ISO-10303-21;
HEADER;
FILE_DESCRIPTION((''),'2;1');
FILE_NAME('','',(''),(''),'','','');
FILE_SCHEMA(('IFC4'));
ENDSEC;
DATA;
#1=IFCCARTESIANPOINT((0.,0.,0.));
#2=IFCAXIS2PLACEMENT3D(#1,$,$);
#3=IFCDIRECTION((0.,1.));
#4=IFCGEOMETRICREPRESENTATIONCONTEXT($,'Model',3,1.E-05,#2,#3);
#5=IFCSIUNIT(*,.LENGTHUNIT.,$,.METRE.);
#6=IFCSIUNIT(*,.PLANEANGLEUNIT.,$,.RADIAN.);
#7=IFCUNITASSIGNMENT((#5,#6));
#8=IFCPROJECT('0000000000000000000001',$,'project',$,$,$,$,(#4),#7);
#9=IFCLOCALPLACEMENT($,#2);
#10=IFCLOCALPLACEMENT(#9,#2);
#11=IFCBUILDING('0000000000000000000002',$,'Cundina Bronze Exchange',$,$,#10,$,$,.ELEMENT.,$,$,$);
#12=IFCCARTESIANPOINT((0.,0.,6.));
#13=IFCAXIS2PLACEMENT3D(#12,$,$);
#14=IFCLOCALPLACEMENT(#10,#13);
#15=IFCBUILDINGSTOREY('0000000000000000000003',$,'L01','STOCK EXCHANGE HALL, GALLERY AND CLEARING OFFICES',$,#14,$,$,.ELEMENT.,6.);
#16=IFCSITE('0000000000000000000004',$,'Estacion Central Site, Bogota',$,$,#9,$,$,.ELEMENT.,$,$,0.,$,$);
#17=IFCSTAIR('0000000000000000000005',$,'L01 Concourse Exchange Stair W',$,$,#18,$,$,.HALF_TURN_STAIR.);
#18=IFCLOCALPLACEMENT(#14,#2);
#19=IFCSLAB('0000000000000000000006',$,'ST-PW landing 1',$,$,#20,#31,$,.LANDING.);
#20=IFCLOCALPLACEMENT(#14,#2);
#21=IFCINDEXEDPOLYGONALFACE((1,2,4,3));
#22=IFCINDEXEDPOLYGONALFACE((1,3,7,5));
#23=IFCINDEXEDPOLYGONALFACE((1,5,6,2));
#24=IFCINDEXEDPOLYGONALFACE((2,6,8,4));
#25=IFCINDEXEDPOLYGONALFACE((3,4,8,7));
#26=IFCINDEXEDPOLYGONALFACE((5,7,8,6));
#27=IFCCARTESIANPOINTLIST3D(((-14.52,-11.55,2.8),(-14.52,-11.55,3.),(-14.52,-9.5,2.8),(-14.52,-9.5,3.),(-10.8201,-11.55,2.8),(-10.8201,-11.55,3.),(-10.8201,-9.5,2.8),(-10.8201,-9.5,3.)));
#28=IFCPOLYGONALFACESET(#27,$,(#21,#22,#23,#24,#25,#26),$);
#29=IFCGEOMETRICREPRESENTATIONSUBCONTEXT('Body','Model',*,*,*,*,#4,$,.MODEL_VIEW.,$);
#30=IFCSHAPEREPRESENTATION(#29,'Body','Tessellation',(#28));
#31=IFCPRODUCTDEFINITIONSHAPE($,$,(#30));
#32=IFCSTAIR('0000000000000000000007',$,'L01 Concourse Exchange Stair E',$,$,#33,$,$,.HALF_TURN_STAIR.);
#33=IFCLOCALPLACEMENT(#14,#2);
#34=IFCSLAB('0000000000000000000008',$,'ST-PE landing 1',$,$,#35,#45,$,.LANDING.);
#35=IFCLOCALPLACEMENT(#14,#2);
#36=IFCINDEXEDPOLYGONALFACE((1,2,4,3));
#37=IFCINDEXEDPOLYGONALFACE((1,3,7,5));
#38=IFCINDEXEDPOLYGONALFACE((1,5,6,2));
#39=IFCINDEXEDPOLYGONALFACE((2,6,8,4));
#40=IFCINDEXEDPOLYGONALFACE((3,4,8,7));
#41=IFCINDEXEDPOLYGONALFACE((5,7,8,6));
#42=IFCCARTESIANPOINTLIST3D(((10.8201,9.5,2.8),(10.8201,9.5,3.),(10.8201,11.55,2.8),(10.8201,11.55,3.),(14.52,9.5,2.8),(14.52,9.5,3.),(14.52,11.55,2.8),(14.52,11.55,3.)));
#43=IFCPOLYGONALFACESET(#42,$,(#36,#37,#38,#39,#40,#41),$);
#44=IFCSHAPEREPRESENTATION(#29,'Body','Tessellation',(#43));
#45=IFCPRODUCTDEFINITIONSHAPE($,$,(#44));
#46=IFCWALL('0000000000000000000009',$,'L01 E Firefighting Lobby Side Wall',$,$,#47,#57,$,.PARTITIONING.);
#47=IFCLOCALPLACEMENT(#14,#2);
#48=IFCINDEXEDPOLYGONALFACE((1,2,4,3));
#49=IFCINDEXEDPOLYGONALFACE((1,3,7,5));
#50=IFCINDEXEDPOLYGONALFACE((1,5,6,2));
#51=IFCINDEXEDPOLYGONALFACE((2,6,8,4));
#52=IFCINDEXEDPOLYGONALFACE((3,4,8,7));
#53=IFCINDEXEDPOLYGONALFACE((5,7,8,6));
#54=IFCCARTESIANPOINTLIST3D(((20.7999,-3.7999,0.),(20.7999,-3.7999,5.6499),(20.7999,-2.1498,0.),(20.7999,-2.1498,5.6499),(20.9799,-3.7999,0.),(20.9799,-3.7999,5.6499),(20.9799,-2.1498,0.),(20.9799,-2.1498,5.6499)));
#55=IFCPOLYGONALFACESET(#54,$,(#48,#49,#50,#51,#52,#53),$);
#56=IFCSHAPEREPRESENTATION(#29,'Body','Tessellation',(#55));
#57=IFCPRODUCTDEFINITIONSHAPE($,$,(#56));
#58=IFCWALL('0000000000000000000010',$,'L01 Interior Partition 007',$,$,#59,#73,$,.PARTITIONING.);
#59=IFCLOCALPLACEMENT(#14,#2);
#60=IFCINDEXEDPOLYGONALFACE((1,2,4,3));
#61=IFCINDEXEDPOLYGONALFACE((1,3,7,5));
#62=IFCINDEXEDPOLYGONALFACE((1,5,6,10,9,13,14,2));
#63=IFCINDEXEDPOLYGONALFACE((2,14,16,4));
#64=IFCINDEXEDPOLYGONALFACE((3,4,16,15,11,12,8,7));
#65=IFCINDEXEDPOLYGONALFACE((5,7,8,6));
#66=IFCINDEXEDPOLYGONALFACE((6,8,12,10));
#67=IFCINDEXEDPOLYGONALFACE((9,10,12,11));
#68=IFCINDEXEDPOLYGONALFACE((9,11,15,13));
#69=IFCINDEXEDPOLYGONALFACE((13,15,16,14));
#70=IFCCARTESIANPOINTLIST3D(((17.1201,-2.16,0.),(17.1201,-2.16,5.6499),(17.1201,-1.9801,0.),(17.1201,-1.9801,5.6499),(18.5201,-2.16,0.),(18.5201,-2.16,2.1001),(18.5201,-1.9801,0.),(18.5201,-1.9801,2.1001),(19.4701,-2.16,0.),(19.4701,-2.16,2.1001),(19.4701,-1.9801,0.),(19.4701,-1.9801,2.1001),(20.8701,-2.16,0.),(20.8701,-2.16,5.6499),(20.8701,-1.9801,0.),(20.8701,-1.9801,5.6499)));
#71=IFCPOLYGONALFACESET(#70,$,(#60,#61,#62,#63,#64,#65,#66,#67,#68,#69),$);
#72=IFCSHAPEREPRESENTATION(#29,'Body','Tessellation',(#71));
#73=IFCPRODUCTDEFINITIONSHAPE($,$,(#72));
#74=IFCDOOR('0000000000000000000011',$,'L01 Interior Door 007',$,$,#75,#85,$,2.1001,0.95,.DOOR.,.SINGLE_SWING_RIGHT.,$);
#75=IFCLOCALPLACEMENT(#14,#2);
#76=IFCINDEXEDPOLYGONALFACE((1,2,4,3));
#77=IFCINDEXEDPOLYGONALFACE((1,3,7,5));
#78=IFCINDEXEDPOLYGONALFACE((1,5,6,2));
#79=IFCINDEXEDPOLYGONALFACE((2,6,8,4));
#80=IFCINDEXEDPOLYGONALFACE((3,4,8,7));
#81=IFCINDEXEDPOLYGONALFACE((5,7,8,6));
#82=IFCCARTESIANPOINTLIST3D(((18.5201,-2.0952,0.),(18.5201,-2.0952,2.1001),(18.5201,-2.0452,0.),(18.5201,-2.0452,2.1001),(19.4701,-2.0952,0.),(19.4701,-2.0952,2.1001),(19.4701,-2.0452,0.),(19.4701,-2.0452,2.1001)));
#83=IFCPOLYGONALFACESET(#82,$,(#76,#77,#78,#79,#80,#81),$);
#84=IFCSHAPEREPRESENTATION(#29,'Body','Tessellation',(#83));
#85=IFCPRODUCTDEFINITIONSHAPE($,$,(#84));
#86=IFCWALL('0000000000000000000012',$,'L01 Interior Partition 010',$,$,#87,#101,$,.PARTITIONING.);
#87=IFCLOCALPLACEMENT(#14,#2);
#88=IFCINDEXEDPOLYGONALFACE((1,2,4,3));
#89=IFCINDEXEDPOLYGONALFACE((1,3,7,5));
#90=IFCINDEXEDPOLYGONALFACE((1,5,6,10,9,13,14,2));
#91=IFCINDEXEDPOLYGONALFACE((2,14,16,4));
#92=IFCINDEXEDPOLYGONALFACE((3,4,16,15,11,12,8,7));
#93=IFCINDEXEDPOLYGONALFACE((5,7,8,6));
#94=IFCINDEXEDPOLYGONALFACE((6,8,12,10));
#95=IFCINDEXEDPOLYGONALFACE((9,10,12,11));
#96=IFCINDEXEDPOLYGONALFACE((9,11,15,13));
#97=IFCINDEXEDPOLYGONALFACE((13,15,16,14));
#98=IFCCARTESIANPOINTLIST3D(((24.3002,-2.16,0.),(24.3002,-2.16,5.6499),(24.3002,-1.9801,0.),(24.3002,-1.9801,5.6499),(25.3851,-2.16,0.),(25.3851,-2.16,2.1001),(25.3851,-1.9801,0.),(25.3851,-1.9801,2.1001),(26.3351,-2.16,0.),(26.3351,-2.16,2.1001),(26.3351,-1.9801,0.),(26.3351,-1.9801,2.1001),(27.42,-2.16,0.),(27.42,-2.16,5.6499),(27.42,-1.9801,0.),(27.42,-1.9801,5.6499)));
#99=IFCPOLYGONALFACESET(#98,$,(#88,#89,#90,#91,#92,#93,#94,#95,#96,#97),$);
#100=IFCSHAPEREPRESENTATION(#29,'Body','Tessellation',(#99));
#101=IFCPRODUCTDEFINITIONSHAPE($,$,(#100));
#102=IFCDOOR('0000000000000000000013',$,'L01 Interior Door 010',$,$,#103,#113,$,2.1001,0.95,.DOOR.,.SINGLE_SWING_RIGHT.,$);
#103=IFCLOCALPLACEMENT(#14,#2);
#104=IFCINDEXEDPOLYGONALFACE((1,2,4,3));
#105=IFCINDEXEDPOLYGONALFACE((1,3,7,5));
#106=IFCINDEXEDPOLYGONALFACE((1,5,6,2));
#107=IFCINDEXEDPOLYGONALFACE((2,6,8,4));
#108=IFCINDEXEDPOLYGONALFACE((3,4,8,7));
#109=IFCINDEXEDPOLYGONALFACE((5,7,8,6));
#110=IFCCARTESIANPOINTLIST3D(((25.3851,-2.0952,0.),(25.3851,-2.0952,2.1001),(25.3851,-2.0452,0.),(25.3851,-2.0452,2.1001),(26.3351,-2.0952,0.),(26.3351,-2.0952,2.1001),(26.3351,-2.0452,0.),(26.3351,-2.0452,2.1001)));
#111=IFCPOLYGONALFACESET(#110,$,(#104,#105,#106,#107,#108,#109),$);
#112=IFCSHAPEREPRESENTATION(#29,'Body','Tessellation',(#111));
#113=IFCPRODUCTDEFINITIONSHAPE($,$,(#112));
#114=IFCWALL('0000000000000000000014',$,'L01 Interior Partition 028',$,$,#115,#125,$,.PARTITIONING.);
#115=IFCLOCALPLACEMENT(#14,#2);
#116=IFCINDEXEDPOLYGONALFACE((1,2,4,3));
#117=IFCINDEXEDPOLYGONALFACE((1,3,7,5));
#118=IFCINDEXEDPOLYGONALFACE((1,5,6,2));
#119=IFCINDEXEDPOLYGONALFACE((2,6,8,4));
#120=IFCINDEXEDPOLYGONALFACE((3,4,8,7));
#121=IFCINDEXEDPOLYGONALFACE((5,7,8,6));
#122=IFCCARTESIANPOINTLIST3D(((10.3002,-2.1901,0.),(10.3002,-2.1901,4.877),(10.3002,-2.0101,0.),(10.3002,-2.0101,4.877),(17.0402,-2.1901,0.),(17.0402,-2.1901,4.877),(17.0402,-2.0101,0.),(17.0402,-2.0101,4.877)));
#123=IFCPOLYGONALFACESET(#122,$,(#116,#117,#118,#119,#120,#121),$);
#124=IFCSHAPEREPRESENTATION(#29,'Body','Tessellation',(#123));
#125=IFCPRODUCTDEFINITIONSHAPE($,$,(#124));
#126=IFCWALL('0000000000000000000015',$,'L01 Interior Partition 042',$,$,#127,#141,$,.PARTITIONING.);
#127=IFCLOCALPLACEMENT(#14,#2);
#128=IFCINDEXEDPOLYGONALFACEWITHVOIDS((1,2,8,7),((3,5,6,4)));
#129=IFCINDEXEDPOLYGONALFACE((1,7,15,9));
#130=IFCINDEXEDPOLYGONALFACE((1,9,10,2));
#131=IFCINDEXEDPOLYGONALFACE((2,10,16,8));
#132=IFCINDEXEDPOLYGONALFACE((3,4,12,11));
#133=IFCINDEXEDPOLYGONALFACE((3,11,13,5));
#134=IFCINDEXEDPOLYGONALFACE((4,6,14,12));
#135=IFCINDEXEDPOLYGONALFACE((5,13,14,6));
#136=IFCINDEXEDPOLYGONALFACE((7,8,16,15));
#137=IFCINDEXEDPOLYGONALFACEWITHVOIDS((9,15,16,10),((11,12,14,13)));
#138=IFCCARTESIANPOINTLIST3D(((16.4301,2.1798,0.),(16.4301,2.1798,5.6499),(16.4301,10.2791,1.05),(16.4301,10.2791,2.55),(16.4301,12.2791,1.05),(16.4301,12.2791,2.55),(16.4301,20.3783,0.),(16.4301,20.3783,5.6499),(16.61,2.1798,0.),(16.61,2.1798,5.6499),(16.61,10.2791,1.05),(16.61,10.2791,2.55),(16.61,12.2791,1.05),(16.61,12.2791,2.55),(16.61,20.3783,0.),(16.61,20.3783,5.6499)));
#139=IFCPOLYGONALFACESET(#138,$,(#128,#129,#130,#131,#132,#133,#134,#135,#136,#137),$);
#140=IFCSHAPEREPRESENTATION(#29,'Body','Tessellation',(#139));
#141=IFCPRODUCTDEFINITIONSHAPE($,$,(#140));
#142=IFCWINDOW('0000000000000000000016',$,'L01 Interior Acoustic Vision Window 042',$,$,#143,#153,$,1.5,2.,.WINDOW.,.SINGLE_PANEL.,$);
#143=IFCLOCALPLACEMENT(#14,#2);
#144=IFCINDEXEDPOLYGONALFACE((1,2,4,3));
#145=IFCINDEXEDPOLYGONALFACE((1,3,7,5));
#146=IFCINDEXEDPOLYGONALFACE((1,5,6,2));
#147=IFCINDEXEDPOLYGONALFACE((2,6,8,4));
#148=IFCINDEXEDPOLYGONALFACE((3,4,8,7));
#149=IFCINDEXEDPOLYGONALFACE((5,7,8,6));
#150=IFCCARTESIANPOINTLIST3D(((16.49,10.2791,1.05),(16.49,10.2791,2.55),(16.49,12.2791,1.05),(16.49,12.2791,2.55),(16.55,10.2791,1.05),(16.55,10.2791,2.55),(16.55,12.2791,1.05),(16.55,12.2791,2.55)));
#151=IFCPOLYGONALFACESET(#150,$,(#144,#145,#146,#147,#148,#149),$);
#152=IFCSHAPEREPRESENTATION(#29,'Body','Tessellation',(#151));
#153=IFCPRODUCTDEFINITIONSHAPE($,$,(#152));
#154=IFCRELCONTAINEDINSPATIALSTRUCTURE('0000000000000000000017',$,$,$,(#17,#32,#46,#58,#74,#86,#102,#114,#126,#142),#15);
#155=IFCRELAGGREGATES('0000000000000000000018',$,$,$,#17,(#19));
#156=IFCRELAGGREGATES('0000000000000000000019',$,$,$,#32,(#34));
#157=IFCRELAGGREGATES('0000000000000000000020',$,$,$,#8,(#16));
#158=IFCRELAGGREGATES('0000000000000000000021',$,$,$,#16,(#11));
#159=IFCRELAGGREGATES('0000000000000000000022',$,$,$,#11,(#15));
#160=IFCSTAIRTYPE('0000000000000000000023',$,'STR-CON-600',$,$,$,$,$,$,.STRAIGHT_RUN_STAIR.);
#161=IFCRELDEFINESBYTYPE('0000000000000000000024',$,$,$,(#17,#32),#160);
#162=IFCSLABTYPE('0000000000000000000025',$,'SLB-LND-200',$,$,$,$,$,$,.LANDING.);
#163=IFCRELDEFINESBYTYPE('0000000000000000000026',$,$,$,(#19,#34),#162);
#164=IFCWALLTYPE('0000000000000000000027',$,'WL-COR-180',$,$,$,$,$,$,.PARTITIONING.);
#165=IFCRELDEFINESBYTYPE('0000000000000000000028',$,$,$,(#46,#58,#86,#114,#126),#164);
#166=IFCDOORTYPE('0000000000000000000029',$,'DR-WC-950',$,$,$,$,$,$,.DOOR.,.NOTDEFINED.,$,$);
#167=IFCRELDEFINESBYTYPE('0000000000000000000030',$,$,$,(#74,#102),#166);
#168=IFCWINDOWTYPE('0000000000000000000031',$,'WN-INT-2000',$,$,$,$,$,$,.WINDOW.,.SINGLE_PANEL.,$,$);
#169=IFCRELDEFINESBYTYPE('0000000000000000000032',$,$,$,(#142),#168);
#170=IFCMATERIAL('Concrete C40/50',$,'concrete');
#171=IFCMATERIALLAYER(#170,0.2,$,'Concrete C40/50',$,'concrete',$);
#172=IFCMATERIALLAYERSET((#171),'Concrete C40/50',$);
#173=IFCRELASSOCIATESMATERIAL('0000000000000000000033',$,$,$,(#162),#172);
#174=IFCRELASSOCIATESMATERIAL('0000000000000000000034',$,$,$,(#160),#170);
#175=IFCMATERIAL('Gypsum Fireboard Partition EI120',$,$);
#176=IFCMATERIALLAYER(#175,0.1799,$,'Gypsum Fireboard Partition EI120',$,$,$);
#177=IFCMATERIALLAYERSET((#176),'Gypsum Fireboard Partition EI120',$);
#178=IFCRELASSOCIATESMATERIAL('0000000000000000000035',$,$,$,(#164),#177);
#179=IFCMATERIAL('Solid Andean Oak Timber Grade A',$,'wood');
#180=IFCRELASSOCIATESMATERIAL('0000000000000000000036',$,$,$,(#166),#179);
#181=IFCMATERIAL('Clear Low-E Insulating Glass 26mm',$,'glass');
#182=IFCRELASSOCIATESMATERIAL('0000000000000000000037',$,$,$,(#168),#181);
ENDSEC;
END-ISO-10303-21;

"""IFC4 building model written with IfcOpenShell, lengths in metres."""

from ifc_helpers import new_model, si_unit, direction, frame, frame_2d, origin, place, context, subcontext, project, spatial, polyline, rectangle, outline, extrude, material, layer, layer_set, type_object, element, fill, aggregate, save


model = new_model("IFC4")

# Units and contexts
model_context = context("Model", 3, precision=1e-05, world=origin(), true_north=direction((0.0, 1.0)))
body_context = subcontext(model_context, "Body", "Model", "MODEL_VIEW")
ifc_project = project(units=[si_unit("LENGTHUNIT", "METRE"), si_unit("PLANEANGLEUNIT", "RADIAN")], contexts=[model_context])

# Site, building, storey
site_placement = place(None, origin())
site = spatial("IfcSite", under=ifc_project, at=site_placement, Name="Estacion Central Site, Bogota", CompositionType="ELEMENT", RefElevation=0.0)
building_placement = place(site_placement, origin())
building = spatial("IfcBuilding", under=site, at=building_placement, Name="Cundina Bronze Exchange", CompositionType="ELEMENT")
storey_placement = place(building_placement, frame((0.0, 0.0, 6.0)))
storey = spatial("IfcBuildingStorey", under=building, at=storey_placement, Name="L01", Description="STOCK EXCHANGE HALL, GALLERY AND CLEARING OFFICES", CompositionType="ELEMENT", Elevation=6.0)

# Stairs, slabs
ifc_material_1 = material(Name="Concrete C40/50", Category="concrete")
ifc_layer_1 = layer(ifc_material_1, 0.2, Name="Concrete C40/50", Category="concrete")
ifc_layer_set_1 = layer_set([ifc_layer_1], Name="Concrete C40/50")
slab_type = type_object("IfcSlabType", Name="SLB-LND-200", PredefinedType="LANDING", material=ifc_layer_set_1)
stair_type_1 = type_object("IfcStairType", Name="STR-CON-600", PredefinedType="STRAIGHT_RUN_STAIR", material=ifc_material_1)
stair_1_placement = place(storey_placement, origin())
stair_1 = element("IfcStair", 1, at=stair_1_placement, inside=storey, type_object=stair_type_1, Name="L01 Concourse Exchange Stair W", PredefinedType="HALF_TURN_STAIR")
slab_1_placement = place(storey_placement, frame((0.0, 0.0, 2.8)))
slab_1 = element("IfcSlab", 2, at=slab_1_placement, type_object=slab_type, Name="ST-PW landing 1", PredefinedType="LANDING", context=body_context, shape_type="SweptSolid", body=[
    extrude(outline(polyline([(-10.8201, -11.55), (-10.8201, -9.5), (-14.52, -9.5), (-14.52, -11.55), (-10.8201, -11.55)])), origin(), (0.0, 0.0, 1.0), 0.2),
])
aggregate(stair_1, [slab_1])
stair_2_placement = place(storey_placement, origin())
stair_2 = element("IfcStair", 3, at=stair_2_placement, inside=storey, type_object=stair_type_1, Name="L01 Concourse Exchange Stair E", PredefinedType="HALF_TURN_STAIR")
slab_2_placement = place(storey_placement, frame((0.0, 0.0, 2.8)))
slab_2 = element("IfcSlab", 4, at=slab_2_placement, type_object=slab_type, Name="ST-PE landing 1", PredefinedType="LANDING", context=body_context, shape_type="SweptSolid", body=[
    extrude(outline(polyline([(10.8201, 11.55), (10.8201, 9.5), (14.52, 9.5), (14.52, 11.55), (10.8201, 11.55)])), origin(), (0.0, 0.0, 1.0), 0.2),
])
aggregate(stair_2, [slab_2])

# Wall
ifc_material_2 = material(Name="Gypsum Fireboard Partition EI120")
ifc_layer_2 = layer(ifc_material_2, 0.1799, Name="Gypsum Fireboard Partition EI120")
ifc_layer_set_2 = layer_set([ifc_layer_2], Name="Gypsum Fireboard Partition EI120")
wall_type_1 = type_object("IfcWallType", Name="WL-COR-180", PredefinedType="PARTITIONING", material=ifc_layer_set_2)
wall_1_placement = place(storey_placement, frame((20.8899, -3.8, 0.0), z_axis=(0.0, 0.0, 1.0), x_axis=(0.0, 1.0, 0.0)))
element("IfcWall", 5, at=wall_1_placement, inside=storey, type_object=wall_type_1, Name="L01 E Firefighting Lobby Side Wall", PredefinedType="PARTITIONING", context=body_context, shape_type="SweptSolid", body=[
    extrude(rectangle(XDim=1.6501, YDim=0.1799, at=frame_2d((0.8252, 0.0))), origin(), (0.0, 0.0, 1.0), 5.6499),
])

# Walls, openings, doors
wall_2_placement = place(storey_placement, frame((17.1201, -2.0701, 0.0), z_axis=(0.0, 0.0, 1.0), x_axis=(1.0, 0.0, 0.0)))
wall_2 = element("IfcWall", 6, at=wall_2_placement, inside=storey, type_object=wall_type_1, Name="L01 Interior Partition 007", PredefinedType="PARTITIONING", context=body_context, shape_type="SweptSolid", body=[
    extrude(rectangle(XDim=3.75, YDim=0.1799, at=frame_2d((1.875, 0.0))), origin(), (0.0, 0.0, 1.0), 5.6499),
])
opening_1_placement = place(wall_2_placement, frame((1.3999, 0.0, 0.0)))
opening_1 = element("IfcOpeningElement", 7, at=opening_1_placement, cuts=wall_2, PredefinedType="OPENING", context=body_context, shape_type="SweptSolid", body=[
    extrude(rectangle(XDim=0.95, YDim=2.1001, at=frame_2d((0.4751, 1.05))), frame((0.0, 0.0999, 0.0), z_axis=(0.0, -1.0, 0.0), x_axis=(1.0, 0.0, 0.0)), (0.0, 0.0, 1.0), 0.2),
])
ifc_material_3 = material(Name="Solid Andean Oak Timber Grade A", Category="wood")
door_type_1 = type_object("IfcDoorType", Name="DR-WC-950", OperationType="NOTDEFINED", PredefinedType="DOOR", material=ifc_material_3)
door_1_placement = place(opening_1_placement, origin())
door_1 = element("IfcDoor", 8, at=door_1_placement, inside=storey, type_object=door_type_1, Name="L01 Interior Door 007", OperationType="SINGLE_SWING_RIGHT", OverallHeight=2.1001, OverallWidth=0.95, PredefinedType="DOOR", context=body_context, shape_type="SweptSolid", body=[
    extrude(rectangle(XDim=0.95, YDim=2.1001, at=frame_2d((0.4751, 1.05))), frame((0.0, 0.0249, 0.0), z_axis=(0.0, -1.0, 0.0), x_axis=(1.0, 0.0, 0.0)), (0.0, 0.0, 1.0), 0.05),
])
fill(opening_1, door_1)
wall_3_placement = place(storey_placement, frame((24.3, -2.0701, 0.0), z_axis=(0.0, 0.0, 1.0), x_axis=(1.0, 0.0, 0.0)))
wall_3 = element("IfcWall", 9, at=wall_3_placement, inside=storey, type_object=wall_type_1, Name="L01 Interior Partition 010", PredefinedType="PARTITIONING", context=body_context, shape_type="SweptSolid", body=[
    extrude(rectangle(XDim=3.1199, YDim=0.1799, at=frame_2d((1.5601, 0.0))), origin(), (0.0, 0.0, 1.0), 5.6499),
])
opening_2_placement = place(wall_3_placement, frame((1.085, 0.0, 0.0)))
opening_2 = element("IfcOpeningElement", 10, at=opening_2_placement, cuts=wall_3, PredefinedType="OPENING", context=body_context, shape_type="SweptSolid", body=[
    extrude(rectangle(XDim=0.95, YDim=2.1001, at=frame_2d((0.4751, 1.05))), frame((0.0, 0.0999, 0.0), z_axis=(0.0, -1.0, 0.0), x_axis=(1.0, 0.0, 0.0)), (0.0, 0.0, 1.0), 0.2),
])
door_2_placement = place(opening_2_placement, origin())
door_2 = element("IfcDoor", 11, at=door_2_placement, inside=storey, type_object=door_type_1, Name="L01 Interior Door 010", OperationType="SINGLE_SWING_RIGHT", OverallHeight=2.1001, OverallWidth=0.95, PredefinedType="DOOR", context=body_context, shape_type="SweptSolid", body=[
    extrude(rectangle(XDim=0.95, YDim=2.1001, at=frame_2d((0.4751, 1.05))), frame((0.0, 0.0249, 0.0), z_axis=(0.0, -1.0, 0.0), x_axis=(1.0, 0.0, 0.0)), (0.0, 0.0, 1.0), 0.05),
])
fill(opening_2, door_2)

# Wall
wall_4_placement = place(storey_placement, frame((10.3, -2.1001, 0.0), z_axis=(0.0, 0.0, 1.0), x_axis=(1.0, 0.0, 0.0)))
element("IfcWall", 12, at=wall_4_placement, inside=storey, type_object=wall_type_1, Name="L01 Interior Partition 028", PredefinedType="PARTITIONING", context=body_context, shape_type="SweptSolid", body=[
    extrude(rectangle(XDim=6.74, YDim=0.1799, at=frame_2d((3.3701, 0.0))), origin(), (0.0, 0.0, 1.0), 4.877),
])

# Wall, opening, window
wall_5_placement = place(storey_placement, frame((16.52, 2.1799, 0.0), z_axis=(0.0, 0.0, 1.0), x_axis=(0.0, 1.0, 0.0)))
wall_5 = element("IfcWall", 13, at=wall_5_placement, inside=storey, type_object=wall_type_1, Name="L01 Interior Partition 042", PredefinedType="PARTITIONING", context=body_context, shape_type="SweptSolid", body=[
    extrude(rectangle(XDim=18.1985, YDim=0.1799, at=frame_2d((9.0991, 0.0))), origin(), (0.0, 0.0, 1.0), 5.6499),
])
opening_3_placement = place(wall_5_placement, frame((8.0991, 0.0, 1.05)))
opening_3 = element("IfcOpeningElement", 14, at=opening_3_placement, cuts=wall_5, PredefinedType="OPENING", context=body_context, shape_type="SweptSolid", body=[
    extrude(rectangle(XDim=2.0, YDim=1.5, at=frame_2d((1.0, 0.75))), frame((0.0, 0.0999, 0.0), z_axis=(0.0, -1.0, 0.0), x_axis=(1.0, 0.0, 0.0)), (0.0, 0.0, 1.0), 0.2),
])
ifc_material_4 = material(Name="Clear Low-E Insulating Glass 26mm", Category="glass")
window_type_1 = type_object("IfcWindowType", Name="WN-INT-2000", PartitioningType="SINGLE_PANEL", PredefinedType="WINDOW", material=ifc_material_4)
window_1_placement = place(opening_3_placement, origin())
window_1 = element("IfcWindow", 15, at=window_1_placement, inside=storey, type_object=window_type_1, Name="L01 Interior Acoustic Vision Window 042", OverallHeight=1.5, OverallWidth=2.0, PartitioningType="SINGLE_PANEL", PredefinedType="WINDOW", context=body_context, shape_type="SweptSolid", body=[
    extrude(rectangle(XDim=2.0, YDim=1.5, at=frame_2d((1.0, 0.75))), frame((0.0, 0.03, 0.0), z_axis=(0.0, -1.0, 0.0), x_axis=(1.0, 0.0, 0.0)), (0.0, 0.0, 1.0), 0.0601),
])
fill(opening_3, window_1)

save(model, "model.ifc")
